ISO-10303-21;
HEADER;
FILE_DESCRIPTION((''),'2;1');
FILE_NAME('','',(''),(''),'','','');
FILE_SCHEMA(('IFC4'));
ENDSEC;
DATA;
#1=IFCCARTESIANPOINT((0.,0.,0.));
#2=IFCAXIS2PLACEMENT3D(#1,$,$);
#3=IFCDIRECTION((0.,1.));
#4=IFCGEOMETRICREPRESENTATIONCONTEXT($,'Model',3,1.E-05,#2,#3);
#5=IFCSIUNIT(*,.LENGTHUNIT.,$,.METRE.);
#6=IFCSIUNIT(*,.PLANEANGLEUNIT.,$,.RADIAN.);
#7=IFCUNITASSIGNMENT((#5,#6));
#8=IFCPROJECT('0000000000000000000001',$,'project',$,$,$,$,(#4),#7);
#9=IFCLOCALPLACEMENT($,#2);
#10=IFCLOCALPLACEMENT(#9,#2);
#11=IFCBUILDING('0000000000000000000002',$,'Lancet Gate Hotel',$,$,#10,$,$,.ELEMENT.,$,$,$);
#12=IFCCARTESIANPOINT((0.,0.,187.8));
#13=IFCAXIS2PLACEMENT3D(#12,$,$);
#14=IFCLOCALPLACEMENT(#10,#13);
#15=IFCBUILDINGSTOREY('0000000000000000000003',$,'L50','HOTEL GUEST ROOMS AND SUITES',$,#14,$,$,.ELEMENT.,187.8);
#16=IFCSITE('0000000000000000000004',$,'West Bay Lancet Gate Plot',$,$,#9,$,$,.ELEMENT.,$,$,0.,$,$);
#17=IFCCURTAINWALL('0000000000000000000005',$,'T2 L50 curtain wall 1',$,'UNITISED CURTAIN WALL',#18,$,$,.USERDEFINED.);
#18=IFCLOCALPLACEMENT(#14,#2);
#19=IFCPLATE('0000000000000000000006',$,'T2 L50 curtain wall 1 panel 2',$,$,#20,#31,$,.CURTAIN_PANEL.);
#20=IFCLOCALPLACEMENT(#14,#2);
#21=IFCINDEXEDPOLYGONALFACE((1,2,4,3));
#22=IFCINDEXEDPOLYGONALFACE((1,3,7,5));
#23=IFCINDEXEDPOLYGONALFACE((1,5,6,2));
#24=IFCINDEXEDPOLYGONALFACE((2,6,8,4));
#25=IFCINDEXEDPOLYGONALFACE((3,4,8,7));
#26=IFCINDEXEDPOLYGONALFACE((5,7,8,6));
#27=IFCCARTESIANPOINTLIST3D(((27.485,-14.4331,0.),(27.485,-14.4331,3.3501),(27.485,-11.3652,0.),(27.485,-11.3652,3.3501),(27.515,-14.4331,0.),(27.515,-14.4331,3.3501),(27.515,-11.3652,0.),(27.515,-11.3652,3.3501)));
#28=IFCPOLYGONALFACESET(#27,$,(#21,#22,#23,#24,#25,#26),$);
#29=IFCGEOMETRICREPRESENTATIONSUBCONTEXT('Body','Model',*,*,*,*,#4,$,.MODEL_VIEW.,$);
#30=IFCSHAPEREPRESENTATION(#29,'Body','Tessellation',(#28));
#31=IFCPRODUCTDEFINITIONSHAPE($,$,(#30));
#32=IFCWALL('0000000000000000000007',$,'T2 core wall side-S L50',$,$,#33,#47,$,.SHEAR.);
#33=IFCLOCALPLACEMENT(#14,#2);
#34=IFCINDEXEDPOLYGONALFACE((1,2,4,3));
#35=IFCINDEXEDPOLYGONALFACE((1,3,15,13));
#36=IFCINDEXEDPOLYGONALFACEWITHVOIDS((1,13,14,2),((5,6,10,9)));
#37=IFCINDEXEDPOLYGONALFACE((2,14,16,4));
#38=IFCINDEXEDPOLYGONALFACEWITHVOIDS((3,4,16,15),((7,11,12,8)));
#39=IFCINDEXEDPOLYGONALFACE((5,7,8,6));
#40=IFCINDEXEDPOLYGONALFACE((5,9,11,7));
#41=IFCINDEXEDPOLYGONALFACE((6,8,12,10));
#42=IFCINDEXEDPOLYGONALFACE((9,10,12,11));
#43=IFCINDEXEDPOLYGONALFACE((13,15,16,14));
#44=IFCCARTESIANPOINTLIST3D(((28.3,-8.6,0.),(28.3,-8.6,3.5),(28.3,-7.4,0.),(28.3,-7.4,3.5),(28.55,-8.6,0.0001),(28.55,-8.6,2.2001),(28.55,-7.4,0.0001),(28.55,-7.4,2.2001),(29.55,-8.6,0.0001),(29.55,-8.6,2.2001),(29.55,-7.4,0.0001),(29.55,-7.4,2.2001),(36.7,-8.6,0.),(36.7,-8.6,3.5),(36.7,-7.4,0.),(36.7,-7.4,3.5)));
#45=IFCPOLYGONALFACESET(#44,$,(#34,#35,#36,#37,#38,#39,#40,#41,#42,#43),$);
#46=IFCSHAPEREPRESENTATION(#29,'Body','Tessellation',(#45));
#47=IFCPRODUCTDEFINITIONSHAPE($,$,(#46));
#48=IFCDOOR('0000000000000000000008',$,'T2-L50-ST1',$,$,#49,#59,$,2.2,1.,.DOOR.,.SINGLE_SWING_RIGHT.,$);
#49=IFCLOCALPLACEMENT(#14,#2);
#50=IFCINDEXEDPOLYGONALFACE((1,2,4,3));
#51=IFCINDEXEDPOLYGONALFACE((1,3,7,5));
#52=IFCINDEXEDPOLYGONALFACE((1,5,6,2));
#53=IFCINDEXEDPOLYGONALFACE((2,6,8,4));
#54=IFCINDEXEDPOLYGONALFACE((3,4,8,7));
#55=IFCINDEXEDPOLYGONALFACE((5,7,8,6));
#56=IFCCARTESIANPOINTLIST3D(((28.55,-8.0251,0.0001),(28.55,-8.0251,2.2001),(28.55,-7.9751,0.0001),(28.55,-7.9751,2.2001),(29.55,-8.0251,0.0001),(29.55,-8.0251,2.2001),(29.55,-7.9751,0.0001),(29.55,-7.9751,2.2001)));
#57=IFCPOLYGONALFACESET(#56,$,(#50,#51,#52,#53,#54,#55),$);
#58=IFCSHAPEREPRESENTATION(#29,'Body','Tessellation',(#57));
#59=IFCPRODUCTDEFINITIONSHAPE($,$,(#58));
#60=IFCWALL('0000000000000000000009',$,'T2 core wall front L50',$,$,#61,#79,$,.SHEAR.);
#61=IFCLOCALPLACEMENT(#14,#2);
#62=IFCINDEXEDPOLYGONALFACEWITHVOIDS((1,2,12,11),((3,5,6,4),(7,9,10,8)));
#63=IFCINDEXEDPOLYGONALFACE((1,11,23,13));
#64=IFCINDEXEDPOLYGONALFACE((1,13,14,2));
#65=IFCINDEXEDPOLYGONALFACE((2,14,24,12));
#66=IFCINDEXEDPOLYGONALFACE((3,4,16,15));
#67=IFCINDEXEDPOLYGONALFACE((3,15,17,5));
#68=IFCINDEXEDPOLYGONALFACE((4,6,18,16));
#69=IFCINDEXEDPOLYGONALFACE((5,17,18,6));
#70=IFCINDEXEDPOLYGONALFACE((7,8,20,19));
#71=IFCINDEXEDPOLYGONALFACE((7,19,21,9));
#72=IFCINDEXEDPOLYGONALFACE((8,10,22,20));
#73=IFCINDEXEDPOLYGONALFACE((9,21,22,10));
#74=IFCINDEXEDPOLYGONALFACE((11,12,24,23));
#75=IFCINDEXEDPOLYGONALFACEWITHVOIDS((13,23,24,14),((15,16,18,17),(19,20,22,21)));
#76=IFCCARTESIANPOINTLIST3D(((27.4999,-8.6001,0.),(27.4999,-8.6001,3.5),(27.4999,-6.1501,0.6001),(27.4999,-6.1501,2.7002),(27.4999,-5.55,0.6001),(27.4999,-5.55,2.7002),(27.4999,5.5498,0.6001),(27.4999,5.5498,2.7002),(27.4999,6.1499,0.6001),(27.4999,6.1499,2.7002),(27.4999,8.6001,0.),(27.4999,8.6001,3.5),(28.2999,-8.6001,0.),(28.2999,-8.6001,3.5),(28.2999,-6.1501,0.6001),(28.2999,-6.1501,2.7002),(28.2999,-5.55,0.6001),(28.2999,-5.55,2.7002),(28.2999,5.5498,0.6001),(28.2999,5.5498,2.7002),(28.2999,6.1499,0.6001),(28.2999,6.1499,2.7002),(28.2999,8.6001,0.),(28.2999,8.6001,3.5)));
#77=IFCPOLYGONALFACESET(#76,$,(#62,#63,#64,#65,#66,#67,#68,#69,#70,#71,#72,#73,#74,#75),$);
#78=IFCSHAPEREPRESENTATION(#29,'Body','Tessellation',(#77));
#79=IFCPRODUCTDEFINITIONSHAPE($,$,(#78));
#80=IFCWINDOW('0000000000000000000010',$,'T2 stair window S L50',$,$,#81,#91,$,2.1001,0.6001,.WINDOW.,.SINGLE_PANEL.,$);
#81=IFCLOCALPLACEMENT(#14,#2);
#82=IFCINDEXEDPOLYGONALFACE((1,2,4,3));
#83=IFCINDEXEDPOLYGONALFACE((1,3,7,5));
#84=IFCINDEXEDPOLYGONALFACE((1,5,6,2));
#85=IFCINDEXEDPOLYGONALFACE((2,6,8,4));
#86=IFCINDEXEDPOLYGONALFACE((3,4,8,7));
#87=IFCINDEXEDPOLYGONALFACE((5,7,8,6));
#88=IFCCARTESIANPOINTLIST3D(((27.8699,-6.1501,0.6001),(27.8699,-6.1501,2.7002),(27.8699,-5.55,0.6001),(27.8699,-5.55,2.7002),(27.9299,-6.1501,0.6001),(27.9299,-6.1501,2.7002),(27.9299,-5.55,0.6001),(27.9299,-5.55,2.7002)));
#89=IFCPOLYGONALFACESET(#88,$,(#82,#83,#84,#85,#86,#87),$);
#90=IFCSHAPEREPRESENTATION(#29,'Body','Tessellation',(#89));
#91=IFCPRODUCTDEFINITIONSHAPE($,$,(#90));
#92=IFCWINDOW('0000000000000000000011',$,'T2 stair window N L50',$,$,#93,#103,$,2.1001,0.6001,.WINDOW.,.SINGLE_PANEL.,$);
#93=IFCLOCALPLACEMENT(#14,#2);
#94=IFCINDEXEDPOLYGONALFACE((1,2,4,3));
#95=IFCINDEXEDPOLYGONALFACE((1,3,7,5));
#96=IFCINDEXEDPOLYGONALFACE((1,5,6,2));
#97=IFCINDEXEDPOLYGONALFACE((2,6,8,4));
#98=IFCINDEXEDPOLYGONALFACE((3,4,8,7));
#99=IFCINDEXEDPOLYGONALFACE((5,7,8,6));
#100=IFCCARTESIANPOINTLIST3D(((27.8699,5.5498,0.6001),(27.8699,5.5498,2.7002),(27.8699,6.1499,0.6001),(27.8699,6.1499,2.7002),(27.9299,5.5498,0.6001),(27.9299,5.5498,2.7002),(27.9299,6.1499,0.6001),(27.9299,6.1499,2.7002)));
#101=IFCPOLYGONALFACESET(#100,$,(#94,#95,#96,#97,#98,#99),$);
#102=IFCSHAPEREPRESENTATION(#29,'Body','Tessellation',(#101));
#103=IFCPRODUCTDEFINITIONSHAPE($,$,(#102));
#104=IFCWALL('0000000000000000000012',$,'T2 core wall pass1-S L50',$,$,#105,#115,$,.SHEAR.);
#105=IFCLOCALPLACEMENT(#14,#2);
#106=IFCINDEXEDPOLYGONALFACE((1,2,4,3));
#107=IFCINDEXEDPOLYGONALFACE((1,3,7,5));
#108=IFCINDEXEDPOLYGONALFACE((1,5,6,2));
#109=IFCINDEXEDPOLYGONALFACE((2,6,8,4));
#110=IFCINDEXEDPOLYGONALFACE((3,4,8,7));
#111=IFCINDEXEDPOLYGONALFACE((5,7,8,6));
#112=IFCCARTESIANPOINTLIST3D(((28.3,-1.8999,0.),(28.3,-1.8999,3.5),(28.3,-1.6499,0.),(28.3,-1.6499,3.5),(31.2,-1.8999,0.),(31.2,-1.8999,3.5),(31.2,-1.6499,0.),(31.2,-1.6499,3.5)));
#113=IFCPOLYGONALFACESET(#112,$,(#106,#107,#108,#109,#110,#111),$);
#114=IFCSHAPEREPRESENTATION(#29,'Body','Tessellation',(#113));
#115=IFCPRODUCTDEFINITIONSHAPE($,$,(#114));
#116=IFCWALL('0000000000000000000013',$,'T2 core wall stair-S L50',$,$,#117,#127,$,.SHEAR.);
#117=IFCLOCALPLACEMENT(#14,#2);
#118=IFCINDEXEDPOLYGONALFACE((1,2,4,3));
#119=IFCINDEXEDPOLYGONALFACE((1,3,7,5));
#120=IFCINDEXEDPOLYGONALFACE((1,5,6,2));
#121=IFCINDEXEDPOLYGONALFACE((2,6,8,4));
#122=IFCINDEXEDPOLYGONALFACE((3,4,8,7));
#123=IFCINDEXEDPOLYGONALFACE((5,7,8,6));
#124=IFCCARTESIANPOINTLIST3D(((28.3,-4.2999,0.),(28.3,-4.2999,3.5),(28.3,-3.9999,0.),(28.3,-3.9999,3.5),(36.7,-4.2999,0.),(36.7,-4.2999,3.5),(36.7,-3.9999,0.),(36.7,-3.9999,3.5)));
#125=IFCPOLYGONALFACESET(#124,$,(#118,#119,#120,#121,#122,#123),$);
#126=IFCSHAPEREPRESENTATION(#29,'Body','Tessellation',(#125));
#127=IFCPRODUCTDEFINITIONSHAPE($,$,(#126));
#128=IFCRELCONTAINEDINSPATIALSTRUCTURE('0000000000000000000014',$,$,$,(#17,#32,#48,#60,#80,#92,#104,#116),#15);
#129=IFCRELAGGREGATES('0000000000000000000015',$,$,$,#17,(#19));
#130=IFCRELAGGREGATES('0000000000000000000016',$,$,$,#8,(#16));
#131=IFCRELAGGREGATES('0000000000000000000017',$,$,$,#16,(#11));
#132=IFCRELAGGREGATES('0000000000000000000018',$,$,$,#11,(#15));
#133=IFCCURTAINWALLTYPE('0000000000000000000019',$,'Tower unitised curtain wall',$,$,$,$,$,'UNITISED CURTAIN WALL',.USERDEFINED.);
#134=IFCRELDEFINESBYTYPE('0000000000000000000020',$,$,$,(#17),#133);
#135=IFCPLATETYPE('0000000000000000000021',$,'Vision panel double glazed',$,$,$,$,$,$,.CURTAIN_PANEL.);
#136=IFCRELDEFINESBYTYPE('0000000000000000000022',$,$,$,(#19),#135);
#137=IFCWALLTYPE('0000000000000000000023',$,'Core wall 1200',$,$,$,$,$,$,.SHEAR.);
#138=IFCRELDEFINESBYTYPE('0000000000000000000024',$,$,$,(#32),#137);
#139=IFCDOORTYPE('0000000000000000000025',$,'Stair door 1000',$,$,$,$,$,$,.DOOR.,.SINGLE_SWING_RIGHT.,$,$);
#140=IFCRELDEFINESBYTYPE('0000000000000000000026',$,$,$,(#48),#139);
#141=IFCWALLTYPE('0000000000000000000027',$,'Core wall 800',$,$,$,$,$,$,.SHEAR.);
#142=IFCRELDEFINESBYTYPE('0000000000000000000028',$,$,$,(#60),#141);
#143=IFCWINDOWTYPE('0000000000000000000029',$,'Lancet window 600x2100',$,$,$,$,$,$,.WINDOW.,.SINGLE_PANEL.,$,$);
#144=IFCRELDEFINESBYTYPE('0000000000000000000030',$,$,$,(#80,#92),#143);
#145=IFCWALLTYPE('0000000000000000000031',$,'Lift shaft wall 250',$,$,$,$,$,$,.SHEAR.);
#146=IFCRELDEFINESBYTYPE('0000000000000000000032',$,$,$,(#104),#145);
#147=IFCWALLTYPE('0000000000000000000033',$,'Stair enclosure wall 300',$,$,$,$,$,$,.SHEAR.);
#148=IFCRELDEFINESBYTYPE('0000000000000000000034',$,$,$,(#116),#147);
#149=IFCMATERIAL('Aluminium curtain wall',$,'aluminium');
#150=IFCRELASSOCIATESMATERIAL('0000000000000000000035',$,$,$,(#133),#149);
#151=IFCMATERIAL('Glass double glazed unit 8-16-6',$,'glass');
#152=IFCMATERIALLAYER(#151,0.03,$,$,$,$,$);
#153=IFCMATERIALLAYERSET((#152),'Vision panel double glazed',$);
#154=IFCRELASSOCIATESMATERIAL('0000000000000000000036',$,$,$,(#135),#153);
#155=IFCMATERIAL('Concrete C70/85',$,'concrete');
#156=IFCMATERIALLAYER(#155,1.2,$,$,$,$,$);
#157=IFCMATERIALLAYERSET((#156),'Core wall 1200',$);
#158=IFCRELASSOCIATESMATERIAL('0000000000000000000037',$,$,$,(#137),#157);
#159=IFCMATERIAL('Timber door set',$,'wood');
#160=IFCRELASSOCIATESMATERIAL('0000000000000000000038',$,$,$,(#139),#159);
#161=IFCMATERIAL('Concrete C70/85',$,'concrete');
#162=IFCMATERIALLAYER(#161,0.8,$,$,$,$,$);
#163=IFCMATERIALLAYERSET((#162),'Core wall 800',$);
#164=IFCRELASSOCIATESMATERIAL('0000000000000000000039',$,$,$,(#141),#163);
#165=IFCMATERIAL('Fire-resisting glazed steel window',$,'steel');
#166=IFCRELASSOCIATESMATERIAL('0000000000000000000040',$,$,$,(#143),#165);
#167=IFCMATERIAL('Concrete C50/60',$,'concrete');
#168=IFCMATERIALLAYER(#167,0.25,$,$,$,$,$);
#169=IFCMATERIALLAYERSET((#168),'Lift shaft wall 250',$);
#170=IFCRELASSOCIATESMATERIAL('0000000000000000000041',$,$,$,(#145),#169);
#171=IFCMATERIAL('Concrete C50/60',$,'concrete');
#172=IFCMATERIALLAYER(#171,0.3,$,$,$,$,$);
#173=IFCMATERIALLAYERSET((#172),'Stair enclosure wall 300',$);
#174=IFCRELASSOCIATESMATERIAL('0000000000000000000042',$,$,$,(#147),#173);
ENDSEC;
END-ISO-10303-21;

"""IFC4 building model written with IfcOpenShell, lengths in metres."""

from ifc_helpers import new_model, si_unit, direction, frame, frame_2d, origin, origin_2d, place, context, subcontext, project, spatial, rectangle, extrude, material, layer, layer_set, type_object, element, fill, aggregate, save


model = new_model("IFC4")

# Units and contexts
model_context = context("Model", 3, precision=1e-05, world=origin(), true_north=direction((0.0, 1.0)))
body_context = subcontext(model_context, "Body", "Model", "MODEL_VIEW")
ifc_project = project(units=[si_unit("LENGTHUNIT", "METRE"), si_unit("PLANEANGLEUNIT", "RADIAN")], contexts=[model_context])

# Site, building, storey
site_placement = place(None, origin())
site = spatial("IfcSite", under=ifc_project, at=site_placement, Name="West Bay Lancet Gate Plot", CompositionType="ELEMENT", RefElevation=0.0)
building_placement = place(site_placement, origin())
building = spatial("IfcBuilding", under=site, at=building_placement, Name="Lancet Gate Hotel", CompositionType="ELEMENT")
storey_placement = place(building_placement, frame((0.0, 0.0, 187.8)))
storey = spatial("IfcBuildingStorey", under=building, at=storey_placement, Name="L50", Description="HOTEL GUEST ROOMS AND SUITES", CompositionType="ELEMENT", Elevation=187.8)

# Curtain wall
ifc_material_1 = material(Name="Aluminium curtain wall", Category="aluminium")
curtain_wall_type = type_object("IfcCurtainWallType", Name="Tower unitised curtain wall", ElementType="UNITISED CURTAIN WALL", PredefinedType="USERDEFINED", material=ifc_material_1)
curtain_wall_placement = place(storey_placement, origin())
curtain_wall = element("IfcCurtainWall", 1, at=curtain_wall_placement, inside=storey, type_object=curtain_wall_type, Name="T2 L50 curtain wall 1", ObjectType="UNITISED CURTAIN WALL", PredefinedType="USERDEFINED")

# Plate
ifc_material_2 = material(Name="Glass double glazed unit 8-16-6", Category="glass")
ifc_layer_1 = layer(ifc_material_2, 0.03)
ifc_layer_set_1 = layer_set([ifc_layer_1], Name="Vision panel double glazed")
plate_type = type_object("IfcPlateType", Name="Vision panel double glazed", PredefinedType="CURTAIN_PANEL", material=ifc_layer_set_1)
plate_1_placement = place(storey_placement, frame((27.5, -12.8992, 0.0), z_axis=(0.0, 0.0, 1.0), x_axis=(0.0, -1.0, 0.0)))
plate_1 = element("IfcPlate", 2, at=plate_1_placement, type_object=plate_type, Name="T2 L50 curtain wall 1 panel 2", PredefinedType="CURTAIN_PANEL", context=body_context, shape_type="SweptSolid", body=[
    extrude(rectangle(XDim=3.0679, YDim=0.03, at=origin_2d()), origin(), (0.0, 0.0, 1.0), 3.3501),
])
aggregate(curtain_wall, [plate_1])

# Wall, opening, door
ifc_material_3 = material(Name="Concrete C70/85", Category="concrete")
ifc_layer_2 = layer(ifc_material_3, 1.2)
ifc_layer_set_2 = layer_set([ifc_layer_2], Name="Core wall 1200")
wall_type_1 = type_object("IfcWallType", Name="Core wall 1200", PredefinedType="SHEAR", material=ifc_layer_set_2)
wall_1_placement = place(storey_placement, frame((28.3, -8.0, 0.0), z_axis=(0.0, 0.0, 1.0), x_axis=(1.0, 0.0, 0.0)))
wall_1 = element("IfcWall", 3, at=wall_1_placement, inside=storey, type_object=wall_type_1, Name="T2 core wall side-S L50", PredefinedType="SHEAR", context=body_context, shape_type="SweptSolid", body=[
    extrude(rectangle(XDim=8.3999, YDim=1.2, at=frame_2d((4.2, 0.0))), origin(), (0.0, 0.0, 1.0), 3.5),
])
opening_1_placement = place(wall_1_placement, frame((0.25, 0.0, 0.0)))
opening_1 = element("IfcOpeningElement", 4, at=opening_1_placement, cuts=wall_1, PredefinedType="OPENING", context=body_context, shape_type="SweptSolid", body=[
    extrude(rectangle(XDim=1.0, YDim=2.2, at=frame_2d((0.5, 1.1001))), frame((0.0, 0.6099, 0.0), z_axis=(0.0, -1.0, 0.0), x_axis=(1.0, 0.0, 0.0)), (0.0, 0.0, 1.0), 1.22),
])
ifc_material_4 = material(Name="Timber door set", Category="wood")
door_type = type_object("IfcDoorType", Name="Stair door 1000", OperationType="SINGLE_SWING_RIGHT", PredefinedType="DOOR", material=ifc_material_4)
door_placement = place(opening_1_placement, origin())
door = element("IfcDoor", 5, at=door_placement, inside=storey, type_object=door_type, Name="T2-L50-ST1", OperationType="SINGLE_SWING_RIGHT", OverallHeight=2.2, OverallWidth=1.0, PredefinedType="DOOR", context=body_context, shape_type="SweptSolid", body=[
    extrude(rectangle(XDim=1.0, YDim=2.2, at=frame_2d((0.5, 1.1001))), frame((0.0, 0.0249, 0.0), z_axis=(0.0, -1.0, 0.0), x_axis=(1.0, 0.0, 0.0)), (0.0, 0.0, 1.0), 0.05),
])
fill(opening_1, door)

# Wall, openings, windows
ifc_material_5 = material(Name="Concrete C70/85", Category="concrete")
ifc_layer_3 = layer(ifc_material_5, 0.8)
ifc_layer_set_3 = layer_set([ifc_layer_3], Name="Core wall 800")
wall_type_2 = type_object("IfcWallType", Name="Core wall 800", PredefinedType="SHEAR", material=ifc_layer_set_3)
wall_2_placement = place(storey_placement, frame((27.8999, -8.6001, 0.0), z_axis=(0.0, 0.0, 1.0), x_axis=(0.0, 1.0, 0.0)))
wall_2 = element("IfcWall", 6, at=wall_2_placement, inside=storey, type_object=wall_type_2, Name="T2 core wall front L50", PredefinedType="SHEAR", context=body_context, shape_type="SweptSolid", body=[
    extrude(rectangle(XDim=17.2002, YDim=0.8, at=frame_2d((8.6001, 0.0))), origin(), (0.0, 0.0, 1.0), 3.5),
])
opening_2_placement = place(wall_2_placement, frame((2.45, 0.0, 0.6001)))
opening_2 = element("IfcOpeningElement", 7, at=opening_2_placement, cuts=wall_2, PredefinedType="OPENING", context=body_context, shape_type="SweptSolid", body=[
    extrude(rectangle(XDim=0.6001, YDim=2.1001, at=frame_2d((0.3, 1.05))), frame((0.0, 0.4099, 0.0), z_axis=(0.0, -1.0, 0.0), x_axis=(1.0, 0.0, 0.0)), (0.0, 0.0, 1.0), 0.8201),
])
opening_3_placement = place(wall_2_placement, frame((14.1499, 0.0, 0.6001)))
opening_3 = element("IfcOpeningElement", 8, at=opening_3_placement, cuts=wall_2, PredefinedType="OPENING", context=body_context, shape_type="SweptSolid", body=[
    extrude(rectangle(XDim=0.6001, YDim=2.1001, at=frame_2d((0.3, 1.05))), frame((0.0, 0.4099, 0.0), z_axis=(0.0, -1.0, 0.0), x_axis=(1.0, 0.0, 0.0)), (0.0, 0.0, 1.0), 0.8201),
])
ifc_material_6 = material(Name="Fire-resisting glazed steel window", Category="steel")
window_type = type_object("IfcWindowType", Name="Lancet window 600x2100", PartitioningType="SINGLE_PANEL", PredefinedType="WINDOW", material=ifc_material_6)
window_1_placement = place(opening_2_placement, origin())
window_1 = element("IfcWindow", 9, at=window_1_placement, inside=storey, type_object=window_type, Name="T2 stair window S L50", OverallHeight=2.1001, OverallWidth=0.6001, PartitioningType="SINGLE_PANEL", PredefinedType="WINDOW", context=body_context, shape_type="SweptSolid", body=[
    extrude(rectangle(XDim=0.6001, YDim=2.1001, at=frame_2d((0.3, 1.05))), frame((0.0, 0.03, 0.0), z_axis=(0.0, -1.0, 0.0), x_axis=(1.0, 0.0, 0.0)), (0.0, 0.0, 1.0), 0.0601),
])
fill(opening_2, window_1)
window_2_placement = place(opening_3_placement, origin())
window_2 = element("IfcWindow", 10, at=window_2_placement, inside=storey, type_object=window_type, Name="T2 stair window N L50", OverallHeight=2.1001, OverallWidth=0.6001, PartitioningType="SINGLE_PANEL", PredefinedType="WINDOW", context=body_context, shape_type="SweptSolid", body=[
    extrude(rectangle(XDim=0.6001, YDim=2.1001, at=frame_2d((0.3, 1.05))), frame((0.0, 0.03, 0.0), z_axis=(0.0, -1.0, 0.0), x_axis=(1.0, 0.0, 0.0)), (0.0, 0.0, 1.0), 0.0601),
])
fill(opening_3, window_2)

# Walls
ifc_material_7 = material(Name="Concrete C50/60", Category="concrete")
ifc_layer_4 = layer(ifc_material_7, 0.25)
ifc_layer_set_4 = layer_set([ifc_layer_4], Name="Lift shaft wall 250")
wall_type_3 = type_object("IfcWallType", Name="Lift shaft wall 250", PredefinedType="SHEAR", material=ifc_layer_set_4)
wall_3_placement = place(storey_placement, frame((28.3, -1.7749, 0.0), z_axis=(0.0, 0.0, 1.0), x_axis=(1.0, 0.0, 0.0)))
element("IfcWall", 11, at=wall_3_placement, inside=storey, type_object=wall_type_3, Name="T2 core wall pass1-S L50", PredefinedType="SHEAR", context=body_context, shape_type="SweptSolid", body=[
    extrude(rectangle(XDim=2.8999, YDim=0.25, at=frame_2d((1.45, 0.0))), origin(), (0.0, 0.0, 1.0), 3.5),
])
ifc_material_8 = material(Name="Concrete C50/60", Category="concrete")
ifc_layer_5 = layer(ifc_material_8, 0.3)
ifc_layer_set_5 = layer_set([ifc_layer_5], Name="Stair enclosure wall 300")
wall_type_4 = type_object("IfcWallType", Name="Stair enclosure wall 300", PredefinedType="SHEAR", material=ifc_layer_set_5)
wall_4_placement = place(storey_placement, frame((28.3, -4.1499, 0.0), z_axis=(0.0, 0.0, 1.0), x_axis=(1.0, 0.0, 0.0)))
element("IfcWall", 12, at=wall_4_placement, inside=storey, type_object=wall_type_4, Name="T2 core wall stair-S L50", PredefinedType="SHEAR", context=body_context, shape_type="SweptSolid", body=[
    extrude(rectangle(XDim=8.3999, YDim=0.3, at=frame_2d((4.2, 0.0))), origin(), (0.0, 0.0, 1.0), 3.5),
])

save(model, "model.ifc")
